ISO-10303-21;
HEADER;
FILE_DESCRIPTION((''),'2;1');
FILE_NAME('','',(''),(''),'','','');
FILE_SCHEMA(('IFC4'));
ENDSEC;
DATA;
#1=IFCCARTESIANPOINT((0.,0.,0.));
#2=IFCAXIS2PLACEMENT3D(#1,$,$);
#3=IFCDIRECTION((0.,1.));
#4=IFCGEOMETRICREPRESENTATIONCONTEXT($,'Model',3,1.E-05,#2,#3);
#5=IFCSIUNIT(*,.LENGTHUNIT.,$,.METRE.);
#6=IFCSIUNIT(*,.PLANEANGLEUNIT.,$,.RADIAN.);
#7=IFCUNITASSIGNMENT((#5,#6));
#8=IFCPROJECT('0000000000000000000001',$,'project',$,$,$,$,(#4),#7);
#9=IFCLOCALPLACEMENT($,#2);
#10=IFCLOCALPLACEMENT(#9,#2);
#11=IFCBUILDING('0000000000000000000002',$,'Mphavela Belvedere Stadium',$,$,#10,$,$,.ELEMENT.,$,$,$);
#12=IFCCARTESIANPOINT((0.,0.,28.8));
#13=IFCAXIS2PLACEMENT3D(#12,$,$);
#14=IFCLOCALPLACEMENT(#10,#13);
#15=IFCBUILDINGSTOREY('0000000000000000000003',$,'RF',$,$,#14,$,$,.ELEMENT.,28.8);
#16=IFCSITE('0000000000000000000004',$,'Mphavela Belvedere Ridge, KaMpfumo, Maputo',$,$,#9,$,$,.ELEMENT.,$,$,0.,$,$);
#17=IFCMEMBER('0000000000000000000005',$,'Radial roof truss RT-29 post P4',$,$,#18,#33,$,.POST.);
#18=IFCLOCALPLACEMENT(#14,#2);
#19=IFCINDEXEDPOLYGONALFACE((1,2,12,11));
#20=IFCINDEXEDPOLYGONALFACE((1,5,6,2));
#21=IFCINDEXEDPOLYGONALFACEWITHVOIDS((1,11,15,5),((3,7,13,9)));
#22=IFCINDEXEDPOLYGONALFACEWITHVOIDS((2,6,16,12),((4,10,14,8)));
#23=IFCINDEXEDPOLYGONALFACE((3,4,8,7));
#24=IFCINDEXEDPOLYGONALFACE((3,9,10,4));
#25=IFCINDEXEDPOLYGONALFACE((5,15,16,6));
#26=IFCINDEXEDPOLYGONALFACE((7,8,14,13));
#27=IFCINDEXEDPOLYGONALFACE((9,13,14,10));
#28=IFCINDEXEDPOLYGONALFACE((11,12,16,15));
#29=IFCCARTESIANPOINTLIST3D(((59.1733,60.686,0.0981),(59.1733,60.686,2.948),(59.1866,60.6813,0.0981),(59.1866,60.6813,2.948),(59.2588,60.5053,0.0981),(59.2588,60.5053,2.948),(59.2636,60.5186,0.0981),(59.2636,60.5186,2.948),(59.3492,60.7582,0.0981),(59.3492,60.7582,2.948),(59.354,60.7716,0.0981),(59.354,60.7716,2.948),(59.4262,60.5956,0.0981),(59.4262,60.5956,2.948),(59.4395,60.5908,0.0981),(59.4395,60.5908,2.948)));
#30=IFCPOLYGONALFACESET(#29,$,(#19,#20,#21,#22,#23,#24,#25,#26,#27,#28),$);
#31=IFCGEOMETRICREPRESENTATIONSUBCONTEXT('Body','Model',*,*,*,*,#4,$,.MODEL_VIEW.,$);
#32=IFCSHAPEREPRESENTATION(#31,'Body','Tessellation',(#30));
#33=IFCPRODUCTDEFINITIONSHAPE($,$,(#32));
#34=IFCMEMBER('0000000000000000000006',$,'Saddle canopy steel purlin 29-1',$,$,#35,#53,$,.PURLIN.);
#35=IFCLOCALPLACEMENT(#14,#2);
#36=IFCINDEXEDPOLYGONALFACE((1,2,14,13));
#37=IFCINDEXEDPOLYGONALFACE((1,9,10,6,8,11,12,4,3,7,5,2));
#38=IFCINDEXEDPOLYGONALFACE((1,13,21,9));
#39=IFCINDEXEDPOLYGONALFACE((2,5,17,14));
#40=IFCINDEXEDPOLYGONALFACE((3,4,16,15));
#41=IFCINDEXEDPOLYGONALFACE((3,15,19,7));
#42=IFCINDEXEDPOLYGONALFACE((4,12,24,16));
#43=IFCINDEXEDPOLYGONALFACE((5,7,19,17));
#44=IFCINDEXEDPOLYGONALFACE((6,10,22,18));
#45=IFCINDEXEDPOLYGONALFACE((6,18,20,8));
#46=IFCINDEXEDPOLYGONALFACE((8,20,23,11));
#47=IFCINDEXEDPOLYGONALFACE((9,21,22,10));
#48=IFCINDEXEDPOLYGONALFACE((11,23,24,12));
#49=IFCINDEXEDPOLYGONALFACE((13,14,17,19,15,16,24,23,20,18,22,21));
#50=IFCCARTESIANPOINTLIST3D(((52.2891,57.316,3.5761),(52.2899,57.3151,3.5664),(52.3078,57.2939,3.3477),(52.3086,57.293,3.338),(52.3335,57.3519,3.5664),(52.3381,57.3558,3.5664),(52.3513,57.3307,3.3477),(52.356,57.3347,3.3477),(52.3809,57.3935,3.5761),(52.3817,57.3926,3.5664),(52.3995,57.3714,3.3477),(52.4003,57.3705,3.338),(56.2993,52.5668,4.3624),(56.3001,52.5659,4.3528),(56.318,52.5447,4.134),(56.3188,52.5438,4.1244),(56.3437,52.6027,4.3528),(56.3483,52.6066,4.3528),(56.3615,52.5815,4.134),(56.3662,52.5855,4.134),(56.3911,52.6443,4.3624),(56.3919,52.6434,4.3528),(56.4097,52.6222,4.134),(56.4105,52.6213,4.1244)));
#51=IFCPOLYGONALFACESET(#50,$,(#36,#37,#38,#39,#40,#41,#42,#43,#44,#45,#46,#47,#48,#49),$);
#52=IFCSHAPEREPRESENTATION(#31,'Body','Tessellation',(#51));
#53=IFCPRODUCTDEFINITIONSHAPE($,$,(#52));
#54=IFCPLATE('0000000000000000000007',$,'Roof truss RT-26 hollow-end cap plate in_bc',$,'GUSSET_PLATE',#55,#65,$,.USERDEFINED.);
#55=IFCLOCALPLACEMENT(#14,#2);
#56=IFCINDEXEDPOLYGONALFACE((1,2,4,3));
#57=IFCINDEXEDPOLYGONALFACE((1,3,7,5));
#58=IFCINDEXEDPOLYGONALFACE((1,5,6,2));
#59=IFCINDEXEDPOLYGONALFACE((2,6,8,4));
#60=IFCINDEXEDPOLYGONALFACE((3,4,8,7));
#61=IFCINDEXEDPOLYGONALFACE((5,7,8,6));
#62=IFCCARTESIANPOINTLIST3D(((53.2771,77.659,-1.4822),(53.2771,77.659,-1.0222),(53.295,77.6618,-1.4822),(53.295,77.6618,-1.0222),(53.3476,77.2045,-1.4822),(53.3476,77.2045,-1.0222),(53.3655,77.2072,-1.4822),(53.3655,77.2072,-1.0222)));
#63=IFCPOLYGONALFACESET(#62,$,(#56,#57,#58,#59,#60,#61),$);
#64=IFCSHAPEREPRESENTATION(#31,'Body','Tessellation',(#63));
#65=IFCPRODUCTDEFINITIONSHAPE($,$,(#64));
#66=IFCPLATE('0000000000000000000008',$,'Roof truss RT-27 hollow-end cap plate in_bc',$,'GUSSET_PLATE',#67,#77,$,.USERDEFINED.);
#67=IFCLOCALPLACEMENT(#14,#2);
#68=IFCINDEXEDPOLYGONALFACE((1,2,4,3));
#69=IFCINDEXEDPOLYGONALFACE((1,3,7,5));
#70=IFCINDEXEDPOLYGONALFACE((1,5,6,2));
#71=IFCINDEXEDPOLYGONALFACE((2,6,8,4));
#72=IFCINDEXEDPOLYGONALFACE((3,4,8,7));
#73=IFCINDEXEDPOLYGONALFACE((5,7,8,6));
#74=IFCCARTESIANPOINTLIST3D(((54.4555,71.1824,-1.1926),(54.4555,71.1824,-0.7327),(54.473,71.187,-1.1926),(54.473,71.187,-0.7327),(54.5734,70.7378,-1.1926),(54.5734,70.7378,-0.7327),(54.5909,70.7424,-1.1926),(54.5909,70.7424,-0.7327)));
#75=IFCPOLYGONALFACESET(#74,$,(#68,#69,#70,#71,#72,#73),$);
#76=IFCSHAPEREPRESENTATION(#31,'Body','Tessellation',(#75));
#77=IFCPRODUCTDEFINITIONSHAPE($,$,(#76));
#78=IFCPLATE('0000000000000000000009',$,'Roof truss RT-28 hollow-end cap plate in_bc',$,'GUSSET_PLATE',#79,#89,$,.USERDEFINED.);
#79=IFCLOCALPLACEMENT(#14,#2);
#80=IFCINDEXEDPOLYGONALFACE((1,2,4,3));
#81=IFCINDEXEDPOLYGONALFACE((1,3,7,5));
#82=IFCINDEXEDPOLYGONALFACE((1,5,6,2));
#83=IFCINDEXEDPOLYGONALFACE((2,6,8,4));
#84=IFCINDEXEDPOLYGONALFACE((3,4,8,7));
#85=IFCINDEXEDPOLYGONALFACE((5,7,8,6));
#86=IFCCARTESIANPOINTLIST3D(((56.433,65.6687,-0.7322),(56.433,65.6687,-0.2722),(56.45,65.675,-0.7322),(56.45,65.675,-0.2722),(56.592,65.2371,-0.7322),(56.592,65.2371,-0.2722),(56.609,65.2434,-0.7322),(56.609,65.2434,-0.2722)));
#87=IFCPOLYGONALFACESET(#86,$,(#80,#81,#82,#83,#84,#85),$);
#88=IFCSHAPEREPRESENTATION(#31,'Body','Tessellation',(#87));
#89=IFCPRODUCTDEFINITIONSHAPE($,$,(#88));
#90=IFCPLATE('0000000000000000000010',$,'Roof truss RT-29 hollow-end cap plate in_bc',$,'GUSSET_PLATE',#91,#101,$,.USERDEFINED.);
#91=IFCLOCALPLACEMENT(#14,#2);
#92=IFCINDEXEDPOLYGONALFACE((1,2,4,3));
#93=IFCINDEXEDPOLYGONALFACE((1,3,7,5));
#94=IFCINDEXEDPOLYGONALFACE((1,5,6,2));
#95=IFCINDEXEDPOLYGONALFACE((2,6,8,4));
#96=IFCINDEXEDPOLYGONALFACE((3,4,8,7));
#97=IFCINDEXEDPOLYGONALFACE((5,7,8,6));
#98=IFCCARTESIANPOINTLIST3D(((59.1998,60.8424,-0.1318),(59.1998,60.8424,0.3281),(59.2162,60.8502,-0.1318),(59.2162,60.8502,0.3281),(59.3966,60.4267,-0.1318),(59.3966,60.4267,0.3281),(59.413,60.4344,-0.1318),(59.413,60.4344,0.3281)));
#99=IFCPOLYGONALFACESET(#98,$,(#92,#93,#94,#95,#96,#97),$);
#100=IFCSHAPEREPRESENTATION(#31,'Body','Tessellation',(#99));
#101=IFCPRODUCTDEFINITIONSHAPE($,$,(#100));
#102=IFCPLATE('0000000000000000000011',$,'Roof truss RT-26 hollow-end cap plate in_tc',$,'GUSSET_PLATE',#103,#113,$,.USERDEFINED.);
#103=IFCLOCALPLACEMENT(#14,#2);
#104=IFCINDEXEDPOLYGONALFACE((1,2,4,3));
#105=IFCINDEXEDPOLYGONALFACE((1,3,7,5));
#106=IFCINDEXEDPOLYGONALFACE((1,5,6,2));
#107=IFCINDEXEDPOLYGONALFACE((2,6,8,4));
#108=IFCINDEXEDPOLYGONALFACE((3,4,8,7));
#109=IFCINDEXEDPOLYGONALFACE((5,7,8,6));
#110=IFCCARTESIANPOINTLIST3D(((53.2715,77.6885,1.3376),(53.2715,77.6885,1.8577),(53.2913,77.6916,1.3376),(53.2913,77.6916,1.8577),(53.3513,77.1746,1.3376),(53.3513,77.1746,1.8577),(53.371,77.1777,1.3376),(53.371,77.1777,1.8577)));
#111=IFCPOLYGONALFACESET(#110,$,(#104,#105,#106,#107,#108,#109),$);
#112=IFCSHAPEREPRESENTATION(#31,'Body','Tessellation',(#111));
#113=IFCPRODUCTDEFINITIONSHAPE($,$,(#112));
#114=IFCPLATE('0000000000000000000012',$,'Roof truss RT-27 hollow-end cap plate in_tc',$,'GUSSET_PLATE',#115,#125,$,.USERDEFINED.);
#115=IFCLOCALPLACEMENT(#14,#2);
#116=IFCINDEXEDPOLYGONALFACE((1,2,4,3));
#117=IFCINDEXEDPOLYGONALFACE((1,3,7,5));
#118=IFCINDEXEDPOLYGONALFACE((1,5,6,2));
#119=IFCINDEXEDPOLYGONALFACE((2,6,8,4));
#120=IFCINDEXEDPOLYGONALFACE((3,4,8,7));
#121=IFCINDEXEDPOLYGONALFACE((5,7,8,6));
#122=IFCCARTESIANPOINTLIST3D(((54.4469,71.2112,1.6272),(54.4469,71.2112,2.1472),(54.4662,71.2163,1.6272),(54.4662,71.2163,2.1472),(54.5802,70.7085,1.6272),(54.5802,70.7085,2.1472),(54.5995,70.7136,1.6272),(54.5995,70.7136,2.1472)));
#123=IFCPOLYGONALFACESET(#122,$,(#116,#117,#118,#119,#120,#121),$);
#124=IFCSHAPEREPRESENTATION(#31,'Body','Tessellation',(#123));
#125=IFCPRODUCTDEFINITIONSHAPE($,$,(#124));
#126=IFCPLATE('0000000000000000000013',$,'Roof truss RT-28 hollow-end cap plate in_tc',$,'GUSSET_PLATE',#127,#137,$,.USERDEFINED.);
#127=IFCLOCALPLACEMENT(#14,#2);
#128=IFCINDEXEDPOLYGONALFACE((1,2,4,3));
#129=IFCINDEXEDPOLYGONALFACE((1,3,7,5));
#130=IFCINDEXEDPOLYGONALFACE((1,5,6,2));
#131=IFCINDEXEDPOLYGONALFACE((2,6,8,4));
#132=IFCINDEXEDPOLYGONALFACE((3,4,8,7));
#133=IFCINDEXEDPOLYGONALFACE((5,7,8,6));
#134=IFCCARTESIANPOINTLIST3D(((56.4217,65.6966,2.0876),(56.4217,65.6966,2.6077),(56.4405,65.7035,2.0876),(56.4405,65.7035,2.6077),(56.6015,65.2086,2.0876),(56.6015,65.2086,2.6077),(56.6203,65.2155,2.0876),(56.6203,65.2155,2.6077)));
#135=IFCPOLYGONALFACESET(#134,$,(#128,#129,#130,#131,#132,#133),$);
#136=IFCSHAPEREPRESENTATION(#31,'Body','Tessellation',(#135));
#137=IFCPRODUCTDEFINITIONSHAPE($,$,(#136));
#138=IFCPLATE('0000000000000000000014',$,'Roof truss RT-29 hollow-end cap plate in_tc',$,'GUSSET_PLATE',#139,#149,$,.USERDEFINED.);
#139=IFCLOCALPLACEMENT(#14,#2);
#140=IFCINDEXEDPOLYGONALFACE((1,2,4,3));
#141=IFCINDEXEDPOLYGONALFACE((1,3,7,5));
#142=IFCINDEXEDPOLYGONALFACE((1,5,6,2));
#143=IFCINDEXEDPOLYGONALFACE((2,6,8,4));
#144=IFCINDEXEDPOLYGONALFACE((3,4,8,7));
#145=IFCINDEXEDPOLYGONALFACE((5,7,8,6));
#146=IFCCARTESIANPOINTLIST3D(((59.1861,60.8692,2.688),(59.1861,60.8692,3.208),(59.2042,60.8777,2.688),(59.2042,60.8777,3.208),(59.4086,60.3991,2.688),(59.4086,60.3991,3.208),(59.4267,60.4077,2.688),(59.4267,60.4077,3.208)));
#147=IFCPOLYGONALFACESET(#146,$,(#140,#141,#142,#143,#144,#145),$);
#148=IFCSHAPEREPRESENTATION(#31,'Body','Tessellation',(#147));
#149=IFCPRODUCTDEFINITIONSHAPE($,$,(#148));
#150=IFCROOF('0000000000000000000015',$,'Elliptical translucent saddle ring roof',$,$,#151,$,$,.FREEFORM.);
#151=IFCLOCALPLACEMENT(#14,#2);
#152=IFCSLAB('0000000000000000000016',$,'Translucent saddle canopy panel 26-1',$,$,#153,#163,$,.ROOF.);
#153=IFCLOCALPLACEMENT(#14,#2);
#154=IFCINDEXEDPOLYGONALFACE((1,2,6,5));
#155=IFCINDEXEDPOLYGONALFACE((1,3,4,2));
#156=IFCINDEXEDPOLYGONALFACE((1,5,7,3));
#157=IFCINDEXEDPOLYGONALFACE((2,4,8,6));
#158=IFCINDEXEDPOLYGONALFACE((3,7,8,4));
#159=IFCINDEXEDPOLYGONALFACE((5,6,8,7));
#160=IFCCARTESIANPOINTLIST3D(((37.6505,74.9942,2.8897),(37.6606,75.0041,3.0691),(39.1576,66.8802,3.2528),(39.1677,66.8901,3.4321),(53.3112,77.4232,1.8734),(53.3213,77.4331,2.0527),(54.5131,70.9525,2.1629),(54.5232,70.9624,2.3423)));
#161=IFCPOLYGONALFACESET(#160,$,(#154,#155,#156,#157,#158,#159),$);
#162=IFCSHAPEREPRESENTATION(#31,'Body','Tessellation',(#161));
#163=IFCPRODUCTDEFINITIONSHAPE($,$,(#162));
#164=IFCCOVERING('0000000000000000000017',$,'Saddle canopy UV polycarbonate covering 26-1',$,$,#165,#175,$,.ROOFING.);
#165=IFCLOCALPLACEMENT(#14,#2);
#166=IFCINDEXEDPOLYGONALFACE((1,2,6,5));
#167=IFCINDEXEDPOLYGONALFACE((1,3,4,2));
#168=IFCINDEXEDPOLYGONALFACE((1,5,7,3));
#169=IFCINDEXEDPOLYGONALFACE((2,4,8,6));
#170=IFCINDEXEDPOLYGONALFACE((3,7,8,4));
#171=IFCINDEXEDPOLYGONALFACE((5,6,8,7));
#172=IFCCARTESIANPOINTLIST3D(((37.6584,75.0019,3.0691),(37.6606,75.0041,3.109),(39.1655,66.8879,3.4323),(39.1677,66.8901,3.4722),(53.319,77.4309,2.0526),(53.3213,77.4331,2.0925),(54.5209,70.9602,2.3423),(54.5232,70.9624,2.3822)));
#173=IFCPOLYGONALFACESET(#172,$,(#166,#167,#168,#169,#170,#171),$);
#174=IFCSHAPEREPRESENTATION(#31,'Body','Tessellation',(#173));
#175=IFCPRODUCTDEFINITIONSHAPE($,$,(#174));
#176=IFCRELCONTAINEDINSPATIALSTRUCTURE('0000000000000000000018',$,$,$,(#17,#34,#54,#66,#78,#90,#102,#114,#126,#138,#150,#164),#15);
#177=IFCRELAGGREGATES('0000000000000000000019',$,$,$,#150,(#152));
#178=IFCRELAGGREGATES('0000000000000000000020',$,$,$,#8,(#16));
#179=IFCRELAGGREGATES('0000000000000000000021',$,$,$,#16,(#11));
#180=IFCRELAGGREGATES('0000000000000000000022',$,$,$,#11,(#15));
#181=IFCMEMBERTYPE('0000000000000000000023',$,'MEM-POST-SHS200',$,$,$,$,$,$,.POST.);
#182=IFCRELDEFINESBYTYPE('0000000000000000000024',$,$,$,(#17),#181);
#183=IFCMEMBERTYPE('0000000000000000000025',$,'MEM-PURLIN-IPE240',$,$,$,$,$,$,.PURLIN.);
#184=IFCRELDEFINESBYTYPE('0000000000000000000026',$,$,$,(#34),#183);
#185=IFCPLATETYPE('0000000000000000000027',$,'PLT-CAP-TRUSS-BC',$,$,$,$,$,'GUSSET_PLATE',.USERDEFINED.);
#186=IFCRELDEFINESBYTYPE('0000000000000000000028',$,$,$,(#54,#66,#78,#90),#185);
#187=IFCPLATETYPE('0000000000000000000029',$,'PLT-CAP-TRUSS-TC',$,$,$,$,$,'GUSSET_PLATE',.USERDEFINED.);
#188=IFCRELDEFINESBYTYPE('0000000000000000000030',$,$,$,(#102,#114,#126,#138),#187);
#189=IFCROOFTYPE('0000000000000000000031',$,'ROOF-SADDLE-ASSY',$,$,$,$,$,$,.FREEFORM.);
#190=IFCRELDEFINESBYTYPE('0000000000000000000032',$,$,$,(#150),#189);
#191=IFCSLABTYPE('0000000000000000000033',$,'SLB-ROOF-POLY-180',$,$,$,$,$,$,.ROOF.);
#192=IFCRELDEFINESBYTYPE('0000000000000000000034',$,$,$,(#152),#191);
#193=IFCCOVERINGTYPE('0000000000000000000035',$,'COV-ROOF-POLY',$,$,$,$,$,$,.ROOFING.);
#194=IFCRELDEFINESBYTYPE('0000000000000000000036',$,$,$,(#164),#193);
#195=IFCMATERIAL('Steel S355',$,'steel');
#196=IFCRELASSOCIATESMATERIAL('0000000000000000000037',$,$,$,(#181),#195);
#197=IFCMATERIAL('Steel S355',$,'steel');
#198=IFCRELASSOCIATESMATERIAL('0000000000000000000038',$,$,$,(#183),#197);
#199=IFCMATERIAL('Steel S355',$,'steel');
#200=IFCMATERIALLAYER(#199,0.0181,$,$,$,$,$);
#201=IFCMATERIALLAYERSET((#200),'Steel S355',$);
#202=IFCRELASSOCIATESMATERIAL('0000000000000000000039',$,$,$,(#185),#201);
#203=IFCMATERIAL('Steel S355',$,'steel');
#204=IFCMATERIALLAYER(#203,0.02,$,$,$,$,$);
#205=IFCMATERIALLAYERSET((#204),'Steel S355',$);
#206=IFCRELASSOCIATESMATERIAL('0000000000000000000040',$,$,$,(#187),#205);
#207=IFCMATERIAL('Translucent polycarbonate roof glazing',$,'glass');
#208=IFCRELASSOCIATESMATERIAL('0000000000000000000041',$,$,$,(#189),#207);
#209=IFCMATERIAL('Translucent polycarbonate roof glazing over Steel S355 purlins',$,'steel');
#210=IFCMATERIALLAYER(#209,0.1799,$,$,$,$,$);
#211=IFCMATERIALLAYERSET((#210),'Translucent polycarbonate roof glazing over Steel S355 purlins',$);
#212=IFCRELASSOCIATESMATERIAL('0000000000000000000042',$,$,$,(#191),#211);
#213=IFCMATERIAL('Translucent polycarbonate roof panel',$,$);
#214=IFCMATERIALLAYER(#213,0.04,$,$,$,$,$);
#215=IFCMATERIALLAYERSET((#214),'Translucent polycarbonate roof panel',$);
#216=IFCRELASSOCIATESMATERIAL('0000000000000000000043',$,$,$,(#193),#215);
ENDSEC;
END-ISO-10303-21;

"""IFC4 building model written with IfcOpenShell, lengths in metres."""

from ifc_helpers import new_model, si_unit, direction, frame, origin, origin_2d, place, context, subcontext, project, spatial, polyline, rectangle, hollow_rectangle, i_section, outline, extrude, material, layer, layer_set, material_profile, profile_set, type_object, element, aggregate, save


model = new_model("IFC4")

# Units and contexts
model_context = context("Model", 3, precision=1e-05, world=origin(), true_north=direction((0.0, 1.0)))
body_context = subcontext(model_context, "Body", "Model", "MODEL_VIEW")
ifc_project = project(units=[si_unit("LENGTHUNIT", "METRE"), si_unit("PLANEANGLEUNIT", "RADIAN")], contexts=[model_context])

# Site, building, storey
site_placement = place(None, origin())
site = spatial("IfcSite", under=ifc_project, at=site_placement, Name="Mphavela Belvedere Ridge, KaMpfumo, Maputo", CompositionType="ELEMENT", RefElevation=0.0)
building_placement = place(site_placement, origin())
building = spatial("IfcBuilding", under=site, at=building_placement, Name="Mphavela Belvedere Stadium", CompositionType="ELEMENT")
storey_placement = place(building_placement, frame((0.0, 0.0, 28.8)))
storey = spatial("IfcBuildingStorey", under=building, at=storey_placement, Name="RF", CompositionType="ELEMENT", Elevation=28.8)

# Members
ifc_material_1 = material(Name="Steel S355", Category="steel")
ifc_material_profile_1 = material_profile(ifc_material_1, hollow_rectangle(XDim=0.2, YDim=0.2, WallThickness=0.01, at=origin_2d()), Name="SHS 200x200x10")
ifc_profile_set_1 = profile_set([ifc_material_profile_1], Name="Steel S355")
member_type_1 = type_object("IfcMemberType", Name="MEM-POST-SHS200", PredefinedType="POST", material=ifc_profile_set_1)
for number, where, z_axis, x_axis, name in (
    (1, (59.3064, 60.6384, 0.0981), (0.0, 0.0, 1.0), (-0.903859, -0.427831, 0.0), "Radial roof truss RT-29 post P4"),
):
    element("IfcMember", number, at=place(storey_placement, frame(where, z_axis=z_axis, x_axis=x_axis)), inside=storey, type_object=member_type_1, Name=name, PredefinedType="POST", context=body_context, shape_type="SweptSolid", body=[
        extrude(hollow_rectangle(XDim=0.2, YDim=0.2, WallThickness=0.01, at=origin_2d()), origin(), (0.0, 0.0, 1.0), 2.8499),
    ])
ifc_material_2 = material(Name="Steel S355", Category="steel")
ifc_material_profile_2 = material_profile(ifc_material_2, i_section(OverallWidth=0.1201, OverallDepth=0.24, WebThickness=0.0061, FlangeThickness=0.0098, at=origin_2d()), Name="IPE 240")
ifc_profile_set_2 = profile_set([ifc_material_profile_2], Name="Steel S355")
member_type_2 = type_object("IfcMemberType", Name="MEM-PURLIN-IPE240", PredefinedType="PURLIN", material=ifc_profile_set_2)
member_1_placement = place(storey_placement, frame((52.3447, 57.3433, 3.457), z_axis=(0.640057, -0.758007, 0.12551), x_axis=(0.764049, 0.645158, 0.0)))
element("IfcMember", 2, at=member_1_placement, inside=storey, type_object=member_type_2, Name="Saddle canopy steel purlin 29-1", PredefinedType="PURLIN", context=body_context, shape_type="SweptSolid", body=[
    extrude(i_section(OverallWidth=0.1201, OverallDepth=0.24, WebThickness=0.0061, FlangeThickness=0.0098, at=origin_2d()), origin(), (0.0, 0.0, 1.0), 6.2654),
])

# Plates
ifc_material_3 = material(Name="Steel S355", Category="steel")
ifc_layer_1 = layer(ifc_material_3, 0.0181)
ifc_layer_set_1 = layer_set([ifc_layer_1], Name="Steel S355")
plate_type_1 = type_object("IfcPlateType", Name="PLT-CAP-TRUSS-BC", ElementType="GUSSET_PLATE", PredefinedType="USERDEFINED", material=ifc_layer_set_1)
for number, where, z_axis, x_axis, name in (
    (3, (53.3213, 77.4331, -1.4822), (0.0, 0.0, 1.0), (-0.988175, -0.153331, 0.0), "Roof truss RT-26 hollow-end cap plate in_bc"),
    (4, (54.5232, 70.9624, -1.1926), (0.0, 0.0, 1.0), (-0.9666, -0.256289, 0.0), "Roof truss RT-27 hollow-end cap plate in_bc"),
    (5, (56.521, 65.4561, -0.7322), (0.0, 0.0, 1.0), (-0.938372, -0.345626, 0.0), "Roof truss RT-28 hollow-end cap plate in_bc"),
    (6, (59.3064, 60.6384, -0.1318), (0.0, 0.0, 1.0), (-0.903859, -0.427831, 0.0), "Roof truss RT-29 hollow-end cap plate in_bc"),
):
    element("IfcPlate", number, at=place(storey_placement, frame(where, z_axis=z_axis, x_axis=x_axis)), inside=storey, type_object=plate_type_1, Name=name, ObjectType="GUSSET_PLATE", PredefinedType="USERDEFINED", context=body_context, shape_type="SweptSolid", body=[
        extrude(rectangle(XDim=0.0181, YDim=0.46, at=origin_2d()), origin(), (0.0, 0.0, 1.0), 0.46),
    ])
ifc_material_4 = material(Name="Steel S355", Category="steel")
ifc_layer_2 = layer(ifc_material_4, 0.02)
ifc_layer_set_2 = layer_set([ifc_layer_2], Name="Steel S355")
plate_type_2 = type_object("IfcPlateType", Name="PLT-CAP-TRUSS-TC", ElementType="GUSSET_PLATE", PredefinedType="USERDEFINED", material=ifc_layer_set_2)
for number, where, z_axis, x_axis, name in (
    (7, (53.3213, 77.4331, 1.3376), (0.0, 0.0, 1.0), (-0.988175, -0.153331, 0.0), "Roof truss RT-26 hollow-end cap plate in_tc"),
    (8, (54.5232, 70.9624, 1.6272), (0.0, 0.0, 1.0), (-0.9666, -0.256289, 0.0), "Roof truss RT-27 hollow-end cap plate in_tc"),
    (9, (56.521, 65.4561, 2.0876), (0.0, 0.0, 1.0), (-0.938372, -0.345626, 0.0), "Roof truss RT-28 hollow-end cap plate in_tc"),
    (10, (59.3064, 60.6384, 2.688), (0.0, 0.0, 1.0), (-0.903859, -0.427831, 0.0), "Roof truss RT-29 hollow-end cap plate in_tc"),
):
    element("IfcPlate", number, at=place(storey_placement, frame(where, z_axis=z_axis, x_axis=x_axis)), inside=storey, type_object=plate_type_2, Name=name, ObjectType="GUSSET_PLATE", PredefinedType="USERDEFINED", context=body_context, shape_type="SweptSolid", body=[
        extrude(rectangle(XDim=0.02, YDim=0.52, at=origin_2d()), origin(), (0.0, 0.0, 1.0), 0.52),
    ])

# Roof, slab
ifc_material_5 = material(Name="Translucent polycarbonate roof glazing", Category="glass")
roof_type = type_object("IfcRoofType", Name="ROOF-SADDLE-ASSY", PredefinedType="FREEFORM", material=ifc_material_5)
roof_placement = place(storey_placement, origin())
roof = element("IfcRoof", 11, at=roof_placement, inside=storey, type_object=roof_type, Name="Elliptical translucent saddle ring roof", PredefinedType="FREEFORM")
ifc_material_6 = material(Name="Translucent polycarbonate roof glazing over Steel S355 purlins", Category="steel")
ifc_layer_3 = layer(ifc_material_6, 0.1799)
ifc_layer_set_3 = layer_set([ifc_layer_3], Name="Translucent polycarbonate roof glazing over Steel S355 purlins")
slab_type = type_object("IfcSlabType", Name="SLB-ROOF-POLY-180", PredefinedType="ROOF", material=ifc_layer_set_3)
slab_1_placement = place(storey_placement, frame((53.3213, 77.4331, 2.0527), z_axis=(0.05616, 0.055037, 0.996904), x_axis=(0.182445, -0.982233, 0.043949)))
slab_1 = element("IfcSlab", 12, at=slab_1_placement, type_object=slab_type, Name="Translucent saddle canopy panel 26-1", PredefinedType="ROOF", context=body_context, shape_type="SweptSolid", body=[
    extrude(outline(polyline([(0.0, 0.0), (6.5877, 0.0), (7.834, -15.8748), (-0.4267, -15.8747), (0.0, 0.0)])), origin(), (0.0, 0.0, -1.0), 0.1799),
])
aggregate(roof, [slab_1])

# Covering
ifc_material_7 = material(Name="Translucent polycarbonate roof panel")
ifc_layer_4 = layer(ifc_material_7, 0.04)
ifc_layer_set_4 = layer_set([ifc_layer_4], Name="Translucent polycarbonate roof panel")
covering_type = type_object("IfcCoveringType", Name="COV-ROOF-POLY", PredefinedType="ROOFING", material=ifc_layer_set_4)
covering_1_placement = place(storey_placement, frame((53.3213, 77.4331, 2.0925), z_axis=(0.056164, 0.055055, 0.996902), x_axis=(0.182444, -0.982233, 0.043966)))
element("IfcCovering", 13, at=covering_1_placement, inside=storey, type_object=covering_type, Name="Saddle canopy UV polycarbonate covering 26-1", PredefinedType="ROOFING", context=body_context, shape_type="SweptSolid", body=[
    extrude(outline(polyline([(0.0, 0.0), (6.5878, 0.0), (7.8341, -15.8748), (-0.4267, -15.8747), (0.0, 0.0)])), origin(), (0.0, 0.0, -1.0), 0.04),
])

save(model, "model.ifc")
